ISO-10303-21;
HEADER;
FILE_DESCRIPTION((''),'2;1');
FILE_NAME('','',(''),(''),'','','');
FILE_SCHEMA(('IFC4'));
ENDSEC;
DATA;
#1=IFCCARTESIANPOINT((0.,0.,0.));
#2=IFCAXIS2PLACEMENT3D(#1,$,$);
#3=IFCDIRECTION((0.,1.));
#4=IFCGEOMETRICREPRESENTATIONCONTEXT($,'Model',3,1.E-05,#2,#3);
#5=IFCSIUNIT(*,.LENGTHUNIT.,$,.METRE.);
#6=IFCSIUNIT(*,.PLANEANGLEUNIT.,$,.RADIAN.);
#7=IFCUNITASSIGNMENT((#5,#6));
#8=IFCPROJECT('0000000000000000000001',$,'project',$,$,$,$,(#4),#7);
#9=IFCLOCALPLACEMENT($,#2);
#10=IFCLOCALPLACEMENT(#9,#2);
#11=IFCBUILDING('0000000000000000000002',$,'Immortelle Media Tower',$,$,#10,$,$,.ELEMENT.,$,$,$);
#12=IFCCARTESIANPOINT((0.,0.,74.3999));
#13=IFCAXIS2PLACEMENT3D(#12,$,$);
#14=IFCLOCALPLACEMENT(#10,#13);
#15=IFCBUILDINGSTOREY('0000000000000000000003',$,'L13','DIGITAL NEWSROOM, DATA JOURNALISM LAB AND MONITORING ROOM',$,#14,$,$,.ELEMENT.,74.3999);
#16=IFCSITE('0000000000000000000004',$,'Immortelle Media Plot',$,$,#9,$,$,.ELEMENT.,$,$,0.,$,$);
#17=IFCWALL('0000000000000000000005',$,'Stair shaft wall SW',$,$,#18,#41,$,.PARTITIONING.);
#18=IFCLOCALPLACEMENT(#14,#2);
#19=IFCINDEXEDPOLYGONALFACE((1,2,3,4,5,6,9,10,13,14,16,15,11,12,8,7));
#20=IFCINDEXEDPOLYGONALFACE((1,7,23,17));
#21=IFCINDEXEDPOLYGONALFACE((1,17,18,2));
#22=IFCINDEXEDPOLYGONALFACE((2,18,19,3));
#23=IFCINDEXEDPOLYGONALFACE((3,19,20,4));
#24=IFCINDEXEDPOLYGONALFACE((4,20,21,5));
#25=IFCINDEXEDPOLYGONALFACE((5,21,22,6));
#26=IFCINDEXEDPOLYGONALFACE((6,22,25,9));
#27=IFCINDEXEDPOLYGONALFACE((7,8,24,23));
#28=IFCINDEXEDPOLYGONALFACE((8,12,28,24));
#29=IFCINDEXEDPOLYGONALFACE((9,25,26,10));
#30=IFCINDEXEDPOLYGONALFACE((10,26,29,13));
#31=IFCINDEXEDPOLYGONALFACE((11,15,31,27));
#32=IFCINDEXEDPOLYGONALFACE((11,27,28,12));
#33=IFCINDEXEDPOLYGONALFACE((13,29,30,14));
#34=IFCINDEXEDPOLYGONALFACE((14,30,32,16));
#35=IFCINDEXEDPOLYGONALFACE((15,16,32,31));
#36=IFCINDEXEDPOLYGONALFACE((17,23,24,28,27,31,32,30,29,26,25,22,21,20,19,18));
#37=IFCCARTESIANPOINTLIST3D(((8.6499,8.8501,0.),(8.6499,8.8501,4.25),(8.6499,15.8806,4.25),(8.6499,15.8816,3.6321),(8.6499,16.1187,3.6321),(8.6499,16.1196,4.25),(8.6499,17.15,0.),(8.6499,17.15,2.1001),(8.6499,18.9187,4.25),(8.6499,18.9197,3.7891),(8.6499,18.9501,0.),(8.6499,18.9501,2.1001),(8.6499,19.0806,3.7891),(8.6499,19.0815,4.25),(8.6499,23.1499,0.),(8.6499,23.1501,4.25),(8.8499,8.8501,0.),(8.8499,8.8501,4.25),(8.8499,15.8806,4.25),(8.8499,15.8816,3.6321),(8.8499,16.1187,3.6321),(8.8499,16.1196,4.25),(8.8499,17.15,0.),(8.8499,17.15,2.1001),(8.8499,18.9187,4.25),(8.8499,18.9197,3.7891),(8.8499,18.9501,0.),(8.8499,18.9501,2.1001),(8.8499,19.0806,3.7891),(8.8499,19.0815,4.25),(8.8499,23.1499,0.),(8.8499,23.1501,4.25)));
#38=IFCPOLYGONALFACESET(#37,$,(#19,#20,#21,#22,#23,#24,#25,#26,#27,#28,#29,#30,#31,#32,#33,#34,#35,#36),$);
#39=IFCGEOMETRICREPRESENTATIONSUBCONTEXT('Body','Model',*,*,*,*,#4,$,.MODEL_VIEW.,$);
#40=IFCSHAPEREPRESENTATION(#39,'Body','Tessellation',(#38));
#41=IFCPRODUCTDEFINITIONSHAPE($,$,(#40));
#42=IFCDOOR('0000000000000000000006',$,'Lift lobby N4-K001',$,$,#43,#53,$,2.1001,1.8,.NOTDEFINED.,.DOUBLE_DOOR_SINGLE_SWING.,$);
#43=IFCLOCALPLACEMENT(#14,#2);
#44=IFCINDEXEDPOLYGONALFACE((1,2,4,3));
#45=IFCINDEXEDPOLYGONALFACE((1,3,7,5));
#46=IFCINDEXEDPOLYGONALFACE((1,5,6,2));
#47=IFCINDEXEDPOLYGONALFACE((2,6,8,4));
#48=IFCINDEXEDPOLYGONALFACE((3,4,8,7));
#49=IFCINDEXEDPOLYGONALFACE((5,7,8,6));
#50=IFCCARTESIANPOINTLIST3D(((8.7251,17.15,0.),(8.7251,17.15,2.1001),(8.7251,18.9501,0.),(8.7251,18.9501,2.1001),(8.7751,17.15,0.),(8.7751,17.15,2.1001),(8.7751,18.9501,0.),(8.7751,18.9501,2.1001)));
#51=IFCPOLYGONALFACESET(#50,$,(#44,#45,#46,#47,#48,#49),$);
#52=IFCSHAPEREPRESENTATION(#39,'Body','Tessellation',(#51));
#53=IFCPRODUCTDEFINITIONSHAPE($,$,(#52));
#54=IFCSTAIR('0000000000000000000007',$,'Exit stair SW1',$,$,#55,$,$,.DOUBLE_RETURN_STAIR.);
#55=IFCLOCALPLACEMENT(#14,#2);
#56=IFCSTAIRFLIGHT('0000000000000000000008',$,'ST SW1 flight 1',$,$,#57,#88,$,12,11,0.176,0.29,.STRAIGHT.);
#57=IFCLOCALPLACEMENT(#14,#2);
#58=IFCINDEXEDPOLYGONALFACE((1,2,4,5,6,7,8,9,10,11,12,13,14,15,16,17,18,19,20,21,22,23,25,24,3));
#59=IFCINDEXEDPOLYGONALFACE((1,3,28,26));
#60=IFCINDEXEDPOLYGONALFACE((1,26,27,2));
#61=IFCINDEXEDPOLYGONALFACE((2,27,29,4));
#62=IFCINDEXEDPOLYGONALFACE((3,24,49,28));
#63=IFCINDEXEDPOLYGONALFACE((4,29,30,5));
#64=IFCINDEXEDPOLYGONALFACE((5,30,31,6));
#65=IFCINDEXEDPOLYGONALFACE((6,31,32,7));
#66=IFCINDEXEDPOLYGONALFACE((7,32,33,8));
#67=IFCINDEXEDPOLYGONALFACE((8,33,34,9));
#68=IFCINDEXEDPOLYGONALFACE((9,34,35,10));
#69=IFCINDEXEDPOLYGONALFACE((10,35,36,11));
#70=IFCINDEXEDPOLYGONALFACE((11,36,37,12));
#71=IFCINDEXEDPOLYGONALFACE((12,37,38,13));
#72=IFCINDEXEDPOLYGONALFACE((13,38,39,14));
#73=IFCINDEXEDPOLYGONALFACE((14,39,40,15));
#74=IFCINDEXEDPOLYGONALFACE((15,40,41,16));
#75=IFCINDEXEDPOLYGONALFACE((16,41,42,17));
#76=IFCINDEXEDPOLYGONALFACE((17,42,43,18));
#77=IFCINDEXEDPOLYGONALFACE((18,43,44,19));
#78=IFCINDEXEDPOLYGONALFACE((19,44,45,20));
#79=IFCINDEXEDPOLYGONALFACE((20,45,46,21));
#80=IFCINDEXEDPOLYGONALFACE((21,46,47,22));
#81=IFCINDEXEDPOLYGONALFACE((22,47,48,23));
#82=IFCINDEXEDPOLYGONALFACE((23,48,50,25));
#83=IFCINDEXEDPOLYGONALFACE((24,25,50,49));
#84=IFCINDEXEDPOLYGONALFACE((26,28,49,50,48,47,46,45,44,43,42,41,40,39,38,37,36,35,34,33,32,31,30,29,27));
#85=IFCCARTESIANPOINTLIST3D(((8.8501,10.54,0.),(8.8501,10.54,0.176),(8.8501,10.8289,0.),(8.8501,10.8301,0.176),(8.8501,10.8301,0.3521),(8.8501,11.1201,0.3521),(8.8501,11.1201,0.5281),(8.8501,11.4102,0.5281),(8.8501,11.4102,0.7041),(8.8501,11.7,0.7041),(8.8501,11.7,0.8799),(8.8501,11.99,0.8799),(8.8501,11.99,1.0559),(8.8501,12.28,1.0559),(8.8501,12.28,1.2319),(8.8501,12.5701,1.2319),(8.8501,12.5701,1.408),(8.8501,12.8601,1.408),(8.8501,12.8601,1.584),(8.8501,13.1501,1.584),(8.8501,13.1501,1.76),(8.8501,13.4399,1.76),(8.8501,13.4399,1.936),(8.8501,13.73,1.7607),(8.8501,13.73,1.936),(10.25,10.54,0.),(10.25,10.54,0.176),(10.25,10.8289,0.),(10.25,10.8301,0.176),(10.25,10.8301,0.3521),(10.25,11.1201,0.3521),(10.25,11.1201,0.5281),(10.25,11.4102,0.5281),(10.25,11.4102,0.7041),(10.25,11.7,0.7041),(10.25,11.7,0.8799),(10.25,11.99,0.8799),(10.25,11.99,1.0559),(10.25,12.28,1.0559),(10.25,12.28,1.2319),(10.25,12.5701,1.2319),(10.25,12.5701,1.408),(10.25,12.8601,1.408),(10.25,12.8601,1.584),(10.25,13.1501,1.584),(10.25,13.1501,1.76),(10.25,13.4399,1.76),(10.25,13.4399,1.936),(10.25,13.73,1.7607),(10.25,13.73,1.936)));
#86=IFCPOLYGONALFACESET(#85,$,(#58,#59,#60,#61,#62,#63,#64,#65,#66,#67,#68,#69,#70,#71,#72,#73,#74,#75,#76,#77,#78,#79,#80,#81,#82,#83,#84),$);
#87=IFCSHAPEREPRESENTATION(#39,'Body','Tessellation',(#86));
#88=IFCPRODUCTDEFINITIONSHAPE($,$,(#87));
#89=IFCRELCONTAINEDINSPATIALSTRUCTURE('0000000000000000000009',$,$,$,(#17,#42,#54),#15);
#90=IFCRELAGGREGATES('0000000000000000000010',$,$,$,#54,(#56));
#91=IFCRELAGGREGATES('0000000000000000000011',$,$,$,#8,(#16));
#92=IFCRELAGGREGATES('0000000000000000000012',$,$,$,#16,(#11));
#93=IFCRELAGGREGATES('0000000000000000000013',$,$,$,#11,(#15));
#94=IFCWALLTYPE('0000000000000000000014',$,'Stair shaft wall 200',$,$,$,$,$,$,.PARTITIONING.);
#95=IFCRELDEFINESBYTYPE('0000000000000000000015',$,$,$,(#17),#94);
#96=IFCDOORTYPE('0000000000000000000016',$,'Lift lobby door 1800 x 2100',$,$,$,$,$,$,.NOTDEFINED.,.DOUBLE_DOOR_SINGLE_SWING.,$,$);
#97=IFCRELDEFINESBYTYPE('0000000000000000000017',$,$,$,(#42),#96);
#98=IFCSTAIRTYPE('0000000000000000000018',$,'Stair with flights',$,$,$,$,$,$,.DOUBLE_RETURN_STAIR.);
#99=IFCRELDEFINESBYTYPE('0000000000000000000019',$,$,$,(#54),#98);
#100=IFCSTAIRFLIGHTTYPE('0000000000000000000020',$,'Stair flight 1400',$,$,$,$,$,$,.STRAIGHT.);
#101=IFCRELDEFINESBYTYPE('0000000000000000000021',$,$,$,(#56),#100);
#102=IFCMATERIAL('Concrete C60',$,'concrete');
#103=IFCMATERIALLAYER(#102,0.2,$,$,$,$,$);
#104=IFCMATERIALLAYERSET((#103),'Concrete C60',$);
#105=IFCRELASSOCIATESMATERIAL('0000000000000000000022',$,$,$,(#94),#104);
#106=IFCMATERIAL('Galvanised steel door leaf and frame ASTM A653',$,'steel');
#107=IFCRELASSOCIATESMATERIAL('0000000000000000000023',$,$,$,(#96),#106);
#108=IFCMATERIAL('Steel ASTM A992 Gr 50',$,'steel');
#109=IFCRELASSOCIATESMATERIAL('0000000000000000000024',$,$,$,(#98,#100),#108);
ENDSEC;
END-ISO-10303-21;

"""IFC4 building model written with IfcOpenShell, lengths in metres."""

from ifc_helpers import new_model, si_unit, direction, frame, frame_2d, origin, place, context, subcontext, project, spatial, polyline, rectangle, outline, extrude, material, layer, layer_set, type_object, element, fill, aggregate, save


model = new_model("IFC4")

# Units and contexts
model_context = context("Model", 3, precision=1e-05, world=origin(), true_north=direction((0.0, 1.0)))
body_context = subcontext(model_context, "Body", "Model", "MODEL_VIEW")
ifc_project = project(units=[si_unit("LENGTHUNIT", "METRE"), si_unit("PLANEANGLEUNIT", "RADIAN")], contexts=[model_context])

# Site, building, storey
site_placement = place(None, origin())
site = spatial("IfcSite", under=ifc_project, at=site_placement, Name="Immortelle Media Plot", CompositionType="ELEMENT", RefElevation=0.0)
building_placement = place(site_placement, origin())
building = spatial("IfcBuilding", under=site, at=building_placement, Name="Immortelle Media Tower", CompositionType="ELEMENT")
storey_placement = place(building_placement, frame((0.0, 0.0, 74.3999)))
storey = spatial("IfcBuildingStorey", under=building, at=storey_placement, Name="L13", Description="DIGITAL NEWSROOM, DATA JOURNALISM LAB AND MONITORING ROOM", CompositionType="ELEMENT", Elevation=74.3999)

# Shared definitions
ifc_material_1 = material(Name="Steel ASTM A992 Gr 50", Category="steel")

# Shared definitions
ifc_material_2 = material(Name="Concrete C60", Category="concrete")
ifc_layer = layer(ifc_material_2, 0.2)
ifc_layer_set = layer_set([ifc_layer], Name="Concrete C60")
wall_type = type_object("IfcWallType", Name="Stair shaft wall 200", PredefinedType="PARTITIONING", material=ifc_layer_set)
ifc_material_3 = material(Name="Galvanised steel door leaf and frame ASTM A653", Category="steel")

# Wall, opening, door
wall_1_placement = place(storey_placement, frame((8.75, 8.8501, 0.0), z_axis=(0.0, 0.0, 1.0), x_axis=(0.0, 1.0, 0.0)))
wall_1 = element("IfcWall", 1, at=wall_1_placement, inside=storey, type_object=wall_type, Name="Stair shaft wall SW", PredefinedType="PARTITIONING", context=body_context, shape_type="SweptSolid", body=[
    extrude(outline(polyline([(0.0, 0.0), (14.2998, 0.0), (14.3, 4.25), (10.2314, 4.25), (10.2305, 3.7891), (10.0696, 3.7891), (10.0686, 4.25), (7.2695, 4.25), (7.2686, 3.6321), (7.0315, 3.6321), (7.0305, 4.25), (0.0, 4.25), (0.0, 0.0)])), frame((0.0, 0.1001, 0.0), z_axis=(0.0, -1.0, 0.0), x_axis=(1.0, 0.0, 0.0)), (0.0, 0.0, 1.0), 0.2),
])
opening_1_placement = place(wall_1_placement, frame((8.3, 0.0, 0.0)))
opening_1 = element("IfcOpeningElement", 2, at=opening_1_placement, cuts=wall_1, PredefinedType="OPENING", context=body_context, shape_type="SweptSolid", body=[
    extrude(rectangle(XDim=1.8, YDim=2.1001, at=frame_2d((0.8999, 1.05))), frame((0.0, 0.1099, 0.0), z_axis=(0.0, -1.0, 0.0), x_axis=(1.0, 0.0, 0.0)), (0.0, 0.0, 1.0), 0.22),
])
door_type_1 = type_object("IfcDoorType", Name="Lift lobby door 1800 x 2100", OperationType="DOUBLE_DOOR_SINGLE_SWING", PredefinedType="NOTDEFINED", material=ifc_material_3)
door_1_placement = place(opening_1_placement, origin())
door_1 = element("IfcDoor", 3, at=door_1_placement, inside=storey, type_object=door_type_1, Name="Lift lobby N4-K001", OperationType="DOUBLE_DOOR_SINGLE_SWING", OverallHeight=2.1001, OverallWidth=1.8, PredefinedType="NOTDEFINED", context=body_context, shape_type="SweptSolid", body=[
    extrude(rectangle(XDim=1.8, YDim=2.1001, at=frame_2d((0.8999, 1.05))), frame((0.0, 0.0249, 0.0), z_axis=(0.0, -1.0, 0.0), x_axis=(1.0, 0.0, 0.0)), (0.0, 0.0, 1.0), 0.05),
])
fill(opening_1, door_1)

# Stair, stair flight
stair_type = type_object("IfcStairType", Name="Stair with flights", PredefinedType="DOUBLE_RETURN_STAIR", material=ifc_material_1)
stair_placement = place(storey_placement, origin())
stair = element("IfcStair", 4, at=stair_placement, inside=storey, type_object=stair_type, Name="Exit stair SW1", PredefinedType="DOUBLE_RETURN_STAIR")
stair_flight_type = type_object("IfcStairFlightType", Name="Stair flight 1400", PredefinedType="STRAIGHT", material=ifc_material_1)
stair_flight_placement = place(storey_placement, frame((9.55, 10.54, 0.0), z_axis=(0.0, 0.0, 1.0), x_axis=(0.0, 1.0, 0.0)))
stair_flight = element("IfcStairFlight", 5, at=stair_flight_placement, type_object=stair_flight_type, Name="ST SW1 flight 1", NumberOfRisers=12, NumberOfTreads=11, PredefinedType="STRAIGHT", RiserHeight=0.176, TreadLength=0.29, context=body_context, shape_type="SweptSolid", body=[
    extrude(outline(polyline([(0.0, 0.0), (0.0, 0.176), (0.29, 0.176), (0.29, 0.3521), (0.5801, 0.3521), (0.5801, 0.5281), (0.8701, 0.5281), (0.8701, 0.7041), (1.1599, 0.7041), (1.1599, 0.8799), (1.45, 0.8799), (1.45, 1.0559), (1.74, 1.0559), (1.74, 1.2319), (2.03, 1.2319), (2.03, 1.408), (2.3201, 1.408), (2.3201, 1.584), (2.6101, 1.584), (2.6101, 1.76), (2.8999, 1.76), (2.8999, 1.936), (3.1899, 1.936), (3.1899, 2.1121), (3.1899, 1.7607), (0.2888, 0.0), (0.0, 0.0)])), frame((0.0, 0.7, 0.0), z_axis=(0.0, -1.0, 0.0), x_axis=(1.0, 0.0, 0.0)), (0.0, 0.0, 1.0), 1.3999),
])
aggregate(stair, [stair_flight])

save(model, "model.ifc")
